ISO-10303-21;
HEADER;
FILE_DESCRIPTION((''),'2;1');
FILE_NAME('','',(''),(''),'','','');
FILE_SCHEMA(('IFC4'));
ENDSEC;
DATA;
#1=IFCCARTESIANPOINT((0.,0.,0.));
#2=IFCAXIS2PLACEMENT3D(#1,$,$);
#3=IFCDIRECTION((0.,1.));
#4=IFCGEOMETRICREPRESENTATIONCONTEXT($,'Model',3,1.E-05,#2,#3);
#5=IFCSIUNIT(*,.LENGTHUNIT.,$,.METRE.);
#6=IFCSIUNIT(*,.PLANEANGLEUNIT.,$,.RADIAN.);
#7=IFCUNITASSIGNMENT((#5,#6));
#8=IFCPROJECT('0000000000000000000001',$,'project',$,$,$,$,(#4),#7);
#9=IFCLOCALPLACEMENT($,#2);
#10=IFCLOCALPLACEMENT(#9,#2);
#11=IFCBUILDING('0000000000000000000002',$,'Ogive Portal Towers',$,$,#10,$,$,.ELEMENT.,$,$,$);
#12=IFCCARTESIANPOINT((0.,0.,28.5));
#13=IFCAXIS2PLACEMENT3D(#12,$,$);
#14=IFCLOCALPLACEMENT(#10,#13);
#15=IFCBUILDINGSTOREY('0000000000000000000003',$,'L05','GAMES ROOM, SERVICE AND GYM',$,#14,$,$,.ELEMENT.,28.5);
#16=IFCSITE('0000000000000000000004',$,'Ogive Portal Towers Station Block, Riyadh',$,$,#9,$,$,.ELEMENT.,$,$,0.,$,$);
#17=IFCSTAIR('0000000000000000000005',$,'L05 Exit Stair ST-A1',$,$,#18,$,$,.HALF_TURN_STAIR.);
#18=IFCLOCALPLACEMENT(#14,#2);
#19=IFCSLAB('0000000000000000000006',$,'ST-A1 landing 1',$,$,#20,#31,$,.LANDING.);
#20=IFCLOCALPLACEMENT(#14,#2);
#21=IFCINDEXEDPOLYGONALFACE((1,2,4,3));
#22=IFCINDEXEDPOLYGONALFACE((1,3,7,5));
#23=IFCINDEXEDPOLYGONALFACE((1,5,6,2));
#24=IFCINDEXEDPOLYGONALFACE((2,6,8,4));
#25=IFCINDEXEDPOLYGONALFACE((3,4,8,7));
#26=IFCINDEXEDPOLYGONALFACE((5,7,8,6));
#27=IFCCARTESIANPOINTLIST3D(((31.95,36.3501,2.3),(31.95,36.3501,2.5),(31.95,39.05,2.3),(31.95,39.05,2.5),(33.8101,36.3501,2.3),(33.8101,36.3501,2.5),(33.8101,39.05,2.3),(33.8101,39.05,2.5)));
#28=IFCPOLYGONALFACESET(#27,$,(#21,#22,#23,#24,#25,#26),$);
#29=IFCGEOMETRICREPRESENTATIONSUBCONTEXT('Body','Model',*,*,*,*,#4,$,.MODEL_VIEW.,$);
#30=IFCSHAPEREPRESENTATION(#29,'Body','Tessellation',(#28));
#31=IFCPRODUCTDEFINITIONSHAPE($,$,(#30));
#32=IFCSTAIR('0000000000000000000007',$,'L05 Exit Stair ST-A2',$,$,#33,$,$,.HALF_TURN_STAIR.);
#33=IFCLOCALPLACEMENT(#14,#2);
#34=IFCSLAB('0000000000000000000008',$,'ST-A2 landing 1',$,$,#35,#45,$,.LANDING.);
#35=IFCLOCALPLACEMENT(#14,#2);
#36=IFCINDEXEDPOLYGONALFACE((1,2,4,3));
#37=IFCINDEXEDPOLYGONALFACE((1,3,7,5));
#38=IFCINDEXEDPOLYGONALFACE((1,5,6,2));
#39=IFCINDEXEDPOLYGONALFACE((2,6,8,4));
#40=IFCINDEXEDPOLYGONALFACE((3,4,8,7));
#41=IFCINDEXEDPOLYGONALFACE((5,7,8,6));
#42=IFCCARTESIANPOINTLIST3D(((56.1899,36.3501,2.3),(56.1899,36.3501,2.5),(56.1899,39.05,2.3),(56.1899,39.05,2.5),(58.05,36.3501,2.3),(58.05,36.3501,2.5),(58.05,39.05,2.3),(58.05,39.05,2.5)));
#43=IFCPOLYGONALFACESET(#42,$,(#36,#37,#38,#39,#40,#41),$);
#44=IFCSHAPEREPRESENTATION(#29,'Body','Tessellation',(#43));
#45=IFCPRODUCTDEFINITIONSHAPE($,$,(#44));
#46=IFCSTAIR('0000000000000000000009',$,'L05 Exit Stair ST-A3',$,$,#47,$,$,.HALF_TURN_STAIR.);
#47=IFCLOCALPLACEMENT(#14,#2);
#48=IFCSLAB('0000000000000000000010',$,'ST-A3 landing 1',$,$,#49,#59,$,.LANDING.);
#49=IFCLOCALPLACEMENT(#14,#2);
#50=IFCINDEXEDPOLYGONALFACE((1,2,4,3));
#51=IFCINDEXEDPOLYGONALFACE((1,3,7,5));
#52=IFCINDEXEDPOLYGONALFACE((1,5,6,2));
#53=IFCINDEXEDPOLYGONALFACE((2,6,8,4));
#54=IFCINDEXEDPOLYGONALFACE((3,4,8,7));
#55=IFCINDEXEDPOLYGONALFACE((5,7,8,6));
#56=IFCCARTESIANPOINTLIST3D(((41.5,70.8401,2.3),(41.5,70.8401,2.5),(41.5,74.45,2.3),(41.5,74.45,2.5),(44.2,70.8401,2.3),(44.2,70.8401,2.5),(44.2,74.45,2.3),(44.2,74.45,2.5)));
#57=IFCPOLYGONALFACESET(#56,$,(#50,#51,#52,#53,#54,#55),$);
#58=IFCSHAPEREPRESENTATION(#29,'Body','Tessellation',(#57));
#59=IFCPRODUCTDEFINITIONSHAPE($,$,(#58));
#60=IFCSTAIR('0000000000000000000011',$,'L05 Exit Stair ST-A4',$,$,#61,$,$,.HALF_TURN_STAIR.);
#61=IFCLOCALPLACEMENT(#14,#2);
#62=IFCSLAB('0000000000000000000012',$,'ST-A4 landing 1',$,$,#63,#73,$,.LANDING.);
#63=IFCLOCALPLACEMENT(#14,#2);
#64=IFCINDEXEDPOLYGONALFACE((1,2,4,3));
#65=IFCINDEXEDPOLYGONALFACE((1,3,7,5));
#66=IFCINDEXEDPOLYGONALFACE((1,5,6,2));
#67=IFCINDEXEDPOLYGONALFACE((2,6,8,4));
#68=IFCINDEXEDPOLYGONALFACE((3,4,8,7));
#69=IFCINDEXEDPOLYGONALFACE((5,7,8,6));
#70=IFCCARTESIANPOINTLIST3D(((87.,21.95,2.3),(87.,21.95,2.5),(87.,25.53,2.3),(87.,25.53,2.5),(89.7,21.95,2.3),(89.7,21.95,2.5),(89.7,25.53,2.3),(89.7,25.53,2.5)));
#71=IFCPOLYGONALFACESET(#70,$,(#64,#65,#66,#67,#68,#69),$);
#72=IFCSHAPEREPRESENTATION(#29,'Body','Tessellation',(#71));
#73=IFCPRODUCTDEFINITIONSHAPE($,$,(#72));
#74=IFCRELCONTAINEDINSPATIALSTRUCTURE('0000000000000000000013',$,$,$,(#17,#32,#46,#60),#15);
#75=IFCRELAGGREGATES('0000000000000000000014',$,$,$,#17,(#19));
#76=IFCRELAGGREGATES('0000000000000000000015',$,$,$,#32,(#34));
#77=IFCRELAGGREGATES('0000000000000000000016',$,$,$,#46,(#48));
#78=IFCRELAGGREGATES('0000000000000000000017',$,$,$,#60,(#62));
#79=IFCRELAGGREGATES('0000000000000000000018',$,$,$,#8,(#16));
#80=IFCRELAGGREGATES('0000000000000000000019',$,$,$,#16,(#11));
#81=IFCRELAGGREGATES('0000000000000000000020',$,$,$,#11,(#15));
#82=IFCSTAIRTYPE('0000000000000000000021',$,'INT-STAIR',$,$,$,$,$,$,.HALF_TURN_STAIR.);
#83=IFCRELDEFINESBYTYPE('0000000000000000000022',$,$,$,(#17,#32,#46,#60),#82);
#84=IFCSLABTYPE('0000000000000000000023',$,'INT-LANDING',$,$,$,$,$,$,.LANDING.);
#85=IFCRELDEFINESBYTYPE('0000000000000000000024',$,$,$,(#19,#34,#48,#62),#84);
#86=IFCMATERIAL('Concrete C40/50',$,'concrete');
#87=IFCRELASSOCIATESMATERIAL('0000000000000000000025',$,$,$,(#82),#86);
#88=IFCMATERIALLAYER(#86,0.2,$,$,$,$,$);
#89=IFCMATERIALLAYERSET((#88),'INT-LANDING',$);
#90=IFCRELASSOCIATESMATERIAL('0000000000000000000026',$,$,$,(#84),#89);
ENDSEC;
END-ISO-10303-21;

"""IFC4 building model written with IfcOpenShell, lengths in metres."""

from ifc_helpers import new_model, si_unit, direction, frame, origin, place, context, subcontext, project, spatial, polyline, outline, extrude, material, layer, layer_set, type_object, element, aggregate, save


model = new_model("IFC4")

# Units and contexts
model_context = context("Model", 3, precision=1e-05, world=origin(), true_north=direction((0.0, 1.0)))
body_context = subcontext(model_context, "Body", "Model", "MODEL_VIEW")
ifc_project = project(units=[si_unit("LENGTHUNIT", "METRE"), si_unit("PLANEANGLEUNIT", "RADIAN")], contexts=[model_context])

# Site, building, storey
site_placement = place(None, origin())
site = spatial("IfcSite", under=ifc_project, at=site_placement, Name="Ogive Portal Towers Station Block, Riyadh", CompositionType="ELEMENT", RefElevation=0.0)
building_placement = place(site_placement, origin())
building = spatial("IfcBuilding", under=site, at=building_placement, Name="Ogive Portal Towers", CompositionType="ELEMENT")
storey_placement = place(building_placement, frame((0.0, 0.0, 28.5)))
storey = spatial("IfcBuildingStorey", under=building, at=storey_placement, Name="L05", Description="GAMES ROOM, SERVICE AND GYM", CompositionType="ELEMENT", Elevation=28.5)

# Stairs, slabs
ifc_material_1 = material(Name="Concrete C40/50", Category="concrete")
stair_type = type_object("IfcStairType", Name="INT-STAIR", PredefinedType="HALF_TURN_STAIR", material=ifc_material_1)
stair_1_placement = place(storey_placement, origin())
stair_1 = element("IfcStair", 1, at=stair_1_placement, inside=storey, type_object=stair_type, Name="L05 Exit Stair ST-A1", PredefinedType="HALF_TURN_STAIR")
ifc_layer_1 = layer(ifc_material_1, 0.2)
ifc_layer_set_1 = layer_set([ifc_layer_1], Name="INT-LANDING")
slab_type_1 = type_object("IfcSlabType", Name="INT-LANDING", PredefinedType="LANDING", material=ifc_layer_set_1)
slab_1_placement = place(storey_placement, frame((0.0, 0.0, 2.3)))
slab_1 = element("IfcSlab", 2, at=slab_1_placement, type_object=slab_type_1, Name="ST-A1 landing 1", PredefinedType="LANDING", context=body_context, shape_type="SweptSolid", body=[
    extrude(outline(polyline([(33.8101, 39.05), (31.95, 39.05), (31.95, 36.3501), (33.8101, 36.3501), (33.8101, 39.05)])), origin(), (0.0, 0.0, 1.0), 0.2),
])
aggregate(stair_1, [slab_1])
stair_2_placement = place(storey_placement, origin())
stair_2 = element("IfcStair", 3, at=stair_2_placement, inside=storey, type_object=stair_type, Name="L05 Exit Stair ST-A2", PredefinedType="HALF_TURN_STAIR")
slab_2_placement = place(storey_placement, frame((0.0, 0.0, 2.3)))
slab_2 = element("IfcSlab", 4, at=slab_2_placement, type_object=slab_type_1, Name="ST-A2 landing 1", PredefinedType="LANDING", context=body_context, shape_type="SweptSolid", body=[
    extrude(outline(polyline([(56.1899, 36.3501), (58.05, 36.3501), (58.05, 39.05), (56.1899, 39.05), (56.1899, 36.3501)])), origin(), (0.0, 0.0, 1.0), 0.2),
])
aggregate(stair_2, [slab_2])
stair_3_placement = place(storey_placement, origin())
stair_3 = element("IfcStair", 5, at=stair_3_placement, inside=storey, type_object=stair_type, Name="L05 Exit Stair ST-A3", PredefinedType="HALF_TURN_STAIR")
slab_3_placement = place(storey_placement, frame((0.0, 0.0, 2.3)))
slab_3 = element("IfcSlab", 6, at=slab_3_placement, type_object=slab_type_1, Name="ST-A3 landing 1", PredefinedType="LANDING", context=body_context, shape_type="SweptSolid", body=[
    extrude(outline(polyline([(44.2, 70.8401), (44.2, 74.45), (41.5, 74.45), (41.5, 70.8401), (44.2, 70.8401)])), origin(), (0.0, 0.0, 1.0), 0.2),
])
aggregate(stair_3, [slab_3])
stair_4_placement = place(storey_placement, origin())
stair_4 = element("IfcStair", 7, at=stair_4_placement, inside=storey, type_object=stair_type, Name="L05 Exit Stair ST-A4", PredefinedType="HALF_TURN_STAIR")
slab_4_placement = place(storey_placement, frame((0.0, 0.0, 2.3)))
slab_4 = element("IfcSlab", 8, at=slab_4_placement, type_object=slab_type_1, Name="ST-A4 landing 1", PredefinedType="LANDING", context=body_context, shape_type="SweptSolid", body=[
    extrude(outline(polyline([(87.0, 25.53), (87.0, 21.95), (89.7, 21.95), (89.7, 25.53), (87.0, 25.53)])), origin(), (0.0, 0.0, 1.0), 0.2),
])
aggregate(stair_4, [slab_4])

save(model, "model.ifc")
